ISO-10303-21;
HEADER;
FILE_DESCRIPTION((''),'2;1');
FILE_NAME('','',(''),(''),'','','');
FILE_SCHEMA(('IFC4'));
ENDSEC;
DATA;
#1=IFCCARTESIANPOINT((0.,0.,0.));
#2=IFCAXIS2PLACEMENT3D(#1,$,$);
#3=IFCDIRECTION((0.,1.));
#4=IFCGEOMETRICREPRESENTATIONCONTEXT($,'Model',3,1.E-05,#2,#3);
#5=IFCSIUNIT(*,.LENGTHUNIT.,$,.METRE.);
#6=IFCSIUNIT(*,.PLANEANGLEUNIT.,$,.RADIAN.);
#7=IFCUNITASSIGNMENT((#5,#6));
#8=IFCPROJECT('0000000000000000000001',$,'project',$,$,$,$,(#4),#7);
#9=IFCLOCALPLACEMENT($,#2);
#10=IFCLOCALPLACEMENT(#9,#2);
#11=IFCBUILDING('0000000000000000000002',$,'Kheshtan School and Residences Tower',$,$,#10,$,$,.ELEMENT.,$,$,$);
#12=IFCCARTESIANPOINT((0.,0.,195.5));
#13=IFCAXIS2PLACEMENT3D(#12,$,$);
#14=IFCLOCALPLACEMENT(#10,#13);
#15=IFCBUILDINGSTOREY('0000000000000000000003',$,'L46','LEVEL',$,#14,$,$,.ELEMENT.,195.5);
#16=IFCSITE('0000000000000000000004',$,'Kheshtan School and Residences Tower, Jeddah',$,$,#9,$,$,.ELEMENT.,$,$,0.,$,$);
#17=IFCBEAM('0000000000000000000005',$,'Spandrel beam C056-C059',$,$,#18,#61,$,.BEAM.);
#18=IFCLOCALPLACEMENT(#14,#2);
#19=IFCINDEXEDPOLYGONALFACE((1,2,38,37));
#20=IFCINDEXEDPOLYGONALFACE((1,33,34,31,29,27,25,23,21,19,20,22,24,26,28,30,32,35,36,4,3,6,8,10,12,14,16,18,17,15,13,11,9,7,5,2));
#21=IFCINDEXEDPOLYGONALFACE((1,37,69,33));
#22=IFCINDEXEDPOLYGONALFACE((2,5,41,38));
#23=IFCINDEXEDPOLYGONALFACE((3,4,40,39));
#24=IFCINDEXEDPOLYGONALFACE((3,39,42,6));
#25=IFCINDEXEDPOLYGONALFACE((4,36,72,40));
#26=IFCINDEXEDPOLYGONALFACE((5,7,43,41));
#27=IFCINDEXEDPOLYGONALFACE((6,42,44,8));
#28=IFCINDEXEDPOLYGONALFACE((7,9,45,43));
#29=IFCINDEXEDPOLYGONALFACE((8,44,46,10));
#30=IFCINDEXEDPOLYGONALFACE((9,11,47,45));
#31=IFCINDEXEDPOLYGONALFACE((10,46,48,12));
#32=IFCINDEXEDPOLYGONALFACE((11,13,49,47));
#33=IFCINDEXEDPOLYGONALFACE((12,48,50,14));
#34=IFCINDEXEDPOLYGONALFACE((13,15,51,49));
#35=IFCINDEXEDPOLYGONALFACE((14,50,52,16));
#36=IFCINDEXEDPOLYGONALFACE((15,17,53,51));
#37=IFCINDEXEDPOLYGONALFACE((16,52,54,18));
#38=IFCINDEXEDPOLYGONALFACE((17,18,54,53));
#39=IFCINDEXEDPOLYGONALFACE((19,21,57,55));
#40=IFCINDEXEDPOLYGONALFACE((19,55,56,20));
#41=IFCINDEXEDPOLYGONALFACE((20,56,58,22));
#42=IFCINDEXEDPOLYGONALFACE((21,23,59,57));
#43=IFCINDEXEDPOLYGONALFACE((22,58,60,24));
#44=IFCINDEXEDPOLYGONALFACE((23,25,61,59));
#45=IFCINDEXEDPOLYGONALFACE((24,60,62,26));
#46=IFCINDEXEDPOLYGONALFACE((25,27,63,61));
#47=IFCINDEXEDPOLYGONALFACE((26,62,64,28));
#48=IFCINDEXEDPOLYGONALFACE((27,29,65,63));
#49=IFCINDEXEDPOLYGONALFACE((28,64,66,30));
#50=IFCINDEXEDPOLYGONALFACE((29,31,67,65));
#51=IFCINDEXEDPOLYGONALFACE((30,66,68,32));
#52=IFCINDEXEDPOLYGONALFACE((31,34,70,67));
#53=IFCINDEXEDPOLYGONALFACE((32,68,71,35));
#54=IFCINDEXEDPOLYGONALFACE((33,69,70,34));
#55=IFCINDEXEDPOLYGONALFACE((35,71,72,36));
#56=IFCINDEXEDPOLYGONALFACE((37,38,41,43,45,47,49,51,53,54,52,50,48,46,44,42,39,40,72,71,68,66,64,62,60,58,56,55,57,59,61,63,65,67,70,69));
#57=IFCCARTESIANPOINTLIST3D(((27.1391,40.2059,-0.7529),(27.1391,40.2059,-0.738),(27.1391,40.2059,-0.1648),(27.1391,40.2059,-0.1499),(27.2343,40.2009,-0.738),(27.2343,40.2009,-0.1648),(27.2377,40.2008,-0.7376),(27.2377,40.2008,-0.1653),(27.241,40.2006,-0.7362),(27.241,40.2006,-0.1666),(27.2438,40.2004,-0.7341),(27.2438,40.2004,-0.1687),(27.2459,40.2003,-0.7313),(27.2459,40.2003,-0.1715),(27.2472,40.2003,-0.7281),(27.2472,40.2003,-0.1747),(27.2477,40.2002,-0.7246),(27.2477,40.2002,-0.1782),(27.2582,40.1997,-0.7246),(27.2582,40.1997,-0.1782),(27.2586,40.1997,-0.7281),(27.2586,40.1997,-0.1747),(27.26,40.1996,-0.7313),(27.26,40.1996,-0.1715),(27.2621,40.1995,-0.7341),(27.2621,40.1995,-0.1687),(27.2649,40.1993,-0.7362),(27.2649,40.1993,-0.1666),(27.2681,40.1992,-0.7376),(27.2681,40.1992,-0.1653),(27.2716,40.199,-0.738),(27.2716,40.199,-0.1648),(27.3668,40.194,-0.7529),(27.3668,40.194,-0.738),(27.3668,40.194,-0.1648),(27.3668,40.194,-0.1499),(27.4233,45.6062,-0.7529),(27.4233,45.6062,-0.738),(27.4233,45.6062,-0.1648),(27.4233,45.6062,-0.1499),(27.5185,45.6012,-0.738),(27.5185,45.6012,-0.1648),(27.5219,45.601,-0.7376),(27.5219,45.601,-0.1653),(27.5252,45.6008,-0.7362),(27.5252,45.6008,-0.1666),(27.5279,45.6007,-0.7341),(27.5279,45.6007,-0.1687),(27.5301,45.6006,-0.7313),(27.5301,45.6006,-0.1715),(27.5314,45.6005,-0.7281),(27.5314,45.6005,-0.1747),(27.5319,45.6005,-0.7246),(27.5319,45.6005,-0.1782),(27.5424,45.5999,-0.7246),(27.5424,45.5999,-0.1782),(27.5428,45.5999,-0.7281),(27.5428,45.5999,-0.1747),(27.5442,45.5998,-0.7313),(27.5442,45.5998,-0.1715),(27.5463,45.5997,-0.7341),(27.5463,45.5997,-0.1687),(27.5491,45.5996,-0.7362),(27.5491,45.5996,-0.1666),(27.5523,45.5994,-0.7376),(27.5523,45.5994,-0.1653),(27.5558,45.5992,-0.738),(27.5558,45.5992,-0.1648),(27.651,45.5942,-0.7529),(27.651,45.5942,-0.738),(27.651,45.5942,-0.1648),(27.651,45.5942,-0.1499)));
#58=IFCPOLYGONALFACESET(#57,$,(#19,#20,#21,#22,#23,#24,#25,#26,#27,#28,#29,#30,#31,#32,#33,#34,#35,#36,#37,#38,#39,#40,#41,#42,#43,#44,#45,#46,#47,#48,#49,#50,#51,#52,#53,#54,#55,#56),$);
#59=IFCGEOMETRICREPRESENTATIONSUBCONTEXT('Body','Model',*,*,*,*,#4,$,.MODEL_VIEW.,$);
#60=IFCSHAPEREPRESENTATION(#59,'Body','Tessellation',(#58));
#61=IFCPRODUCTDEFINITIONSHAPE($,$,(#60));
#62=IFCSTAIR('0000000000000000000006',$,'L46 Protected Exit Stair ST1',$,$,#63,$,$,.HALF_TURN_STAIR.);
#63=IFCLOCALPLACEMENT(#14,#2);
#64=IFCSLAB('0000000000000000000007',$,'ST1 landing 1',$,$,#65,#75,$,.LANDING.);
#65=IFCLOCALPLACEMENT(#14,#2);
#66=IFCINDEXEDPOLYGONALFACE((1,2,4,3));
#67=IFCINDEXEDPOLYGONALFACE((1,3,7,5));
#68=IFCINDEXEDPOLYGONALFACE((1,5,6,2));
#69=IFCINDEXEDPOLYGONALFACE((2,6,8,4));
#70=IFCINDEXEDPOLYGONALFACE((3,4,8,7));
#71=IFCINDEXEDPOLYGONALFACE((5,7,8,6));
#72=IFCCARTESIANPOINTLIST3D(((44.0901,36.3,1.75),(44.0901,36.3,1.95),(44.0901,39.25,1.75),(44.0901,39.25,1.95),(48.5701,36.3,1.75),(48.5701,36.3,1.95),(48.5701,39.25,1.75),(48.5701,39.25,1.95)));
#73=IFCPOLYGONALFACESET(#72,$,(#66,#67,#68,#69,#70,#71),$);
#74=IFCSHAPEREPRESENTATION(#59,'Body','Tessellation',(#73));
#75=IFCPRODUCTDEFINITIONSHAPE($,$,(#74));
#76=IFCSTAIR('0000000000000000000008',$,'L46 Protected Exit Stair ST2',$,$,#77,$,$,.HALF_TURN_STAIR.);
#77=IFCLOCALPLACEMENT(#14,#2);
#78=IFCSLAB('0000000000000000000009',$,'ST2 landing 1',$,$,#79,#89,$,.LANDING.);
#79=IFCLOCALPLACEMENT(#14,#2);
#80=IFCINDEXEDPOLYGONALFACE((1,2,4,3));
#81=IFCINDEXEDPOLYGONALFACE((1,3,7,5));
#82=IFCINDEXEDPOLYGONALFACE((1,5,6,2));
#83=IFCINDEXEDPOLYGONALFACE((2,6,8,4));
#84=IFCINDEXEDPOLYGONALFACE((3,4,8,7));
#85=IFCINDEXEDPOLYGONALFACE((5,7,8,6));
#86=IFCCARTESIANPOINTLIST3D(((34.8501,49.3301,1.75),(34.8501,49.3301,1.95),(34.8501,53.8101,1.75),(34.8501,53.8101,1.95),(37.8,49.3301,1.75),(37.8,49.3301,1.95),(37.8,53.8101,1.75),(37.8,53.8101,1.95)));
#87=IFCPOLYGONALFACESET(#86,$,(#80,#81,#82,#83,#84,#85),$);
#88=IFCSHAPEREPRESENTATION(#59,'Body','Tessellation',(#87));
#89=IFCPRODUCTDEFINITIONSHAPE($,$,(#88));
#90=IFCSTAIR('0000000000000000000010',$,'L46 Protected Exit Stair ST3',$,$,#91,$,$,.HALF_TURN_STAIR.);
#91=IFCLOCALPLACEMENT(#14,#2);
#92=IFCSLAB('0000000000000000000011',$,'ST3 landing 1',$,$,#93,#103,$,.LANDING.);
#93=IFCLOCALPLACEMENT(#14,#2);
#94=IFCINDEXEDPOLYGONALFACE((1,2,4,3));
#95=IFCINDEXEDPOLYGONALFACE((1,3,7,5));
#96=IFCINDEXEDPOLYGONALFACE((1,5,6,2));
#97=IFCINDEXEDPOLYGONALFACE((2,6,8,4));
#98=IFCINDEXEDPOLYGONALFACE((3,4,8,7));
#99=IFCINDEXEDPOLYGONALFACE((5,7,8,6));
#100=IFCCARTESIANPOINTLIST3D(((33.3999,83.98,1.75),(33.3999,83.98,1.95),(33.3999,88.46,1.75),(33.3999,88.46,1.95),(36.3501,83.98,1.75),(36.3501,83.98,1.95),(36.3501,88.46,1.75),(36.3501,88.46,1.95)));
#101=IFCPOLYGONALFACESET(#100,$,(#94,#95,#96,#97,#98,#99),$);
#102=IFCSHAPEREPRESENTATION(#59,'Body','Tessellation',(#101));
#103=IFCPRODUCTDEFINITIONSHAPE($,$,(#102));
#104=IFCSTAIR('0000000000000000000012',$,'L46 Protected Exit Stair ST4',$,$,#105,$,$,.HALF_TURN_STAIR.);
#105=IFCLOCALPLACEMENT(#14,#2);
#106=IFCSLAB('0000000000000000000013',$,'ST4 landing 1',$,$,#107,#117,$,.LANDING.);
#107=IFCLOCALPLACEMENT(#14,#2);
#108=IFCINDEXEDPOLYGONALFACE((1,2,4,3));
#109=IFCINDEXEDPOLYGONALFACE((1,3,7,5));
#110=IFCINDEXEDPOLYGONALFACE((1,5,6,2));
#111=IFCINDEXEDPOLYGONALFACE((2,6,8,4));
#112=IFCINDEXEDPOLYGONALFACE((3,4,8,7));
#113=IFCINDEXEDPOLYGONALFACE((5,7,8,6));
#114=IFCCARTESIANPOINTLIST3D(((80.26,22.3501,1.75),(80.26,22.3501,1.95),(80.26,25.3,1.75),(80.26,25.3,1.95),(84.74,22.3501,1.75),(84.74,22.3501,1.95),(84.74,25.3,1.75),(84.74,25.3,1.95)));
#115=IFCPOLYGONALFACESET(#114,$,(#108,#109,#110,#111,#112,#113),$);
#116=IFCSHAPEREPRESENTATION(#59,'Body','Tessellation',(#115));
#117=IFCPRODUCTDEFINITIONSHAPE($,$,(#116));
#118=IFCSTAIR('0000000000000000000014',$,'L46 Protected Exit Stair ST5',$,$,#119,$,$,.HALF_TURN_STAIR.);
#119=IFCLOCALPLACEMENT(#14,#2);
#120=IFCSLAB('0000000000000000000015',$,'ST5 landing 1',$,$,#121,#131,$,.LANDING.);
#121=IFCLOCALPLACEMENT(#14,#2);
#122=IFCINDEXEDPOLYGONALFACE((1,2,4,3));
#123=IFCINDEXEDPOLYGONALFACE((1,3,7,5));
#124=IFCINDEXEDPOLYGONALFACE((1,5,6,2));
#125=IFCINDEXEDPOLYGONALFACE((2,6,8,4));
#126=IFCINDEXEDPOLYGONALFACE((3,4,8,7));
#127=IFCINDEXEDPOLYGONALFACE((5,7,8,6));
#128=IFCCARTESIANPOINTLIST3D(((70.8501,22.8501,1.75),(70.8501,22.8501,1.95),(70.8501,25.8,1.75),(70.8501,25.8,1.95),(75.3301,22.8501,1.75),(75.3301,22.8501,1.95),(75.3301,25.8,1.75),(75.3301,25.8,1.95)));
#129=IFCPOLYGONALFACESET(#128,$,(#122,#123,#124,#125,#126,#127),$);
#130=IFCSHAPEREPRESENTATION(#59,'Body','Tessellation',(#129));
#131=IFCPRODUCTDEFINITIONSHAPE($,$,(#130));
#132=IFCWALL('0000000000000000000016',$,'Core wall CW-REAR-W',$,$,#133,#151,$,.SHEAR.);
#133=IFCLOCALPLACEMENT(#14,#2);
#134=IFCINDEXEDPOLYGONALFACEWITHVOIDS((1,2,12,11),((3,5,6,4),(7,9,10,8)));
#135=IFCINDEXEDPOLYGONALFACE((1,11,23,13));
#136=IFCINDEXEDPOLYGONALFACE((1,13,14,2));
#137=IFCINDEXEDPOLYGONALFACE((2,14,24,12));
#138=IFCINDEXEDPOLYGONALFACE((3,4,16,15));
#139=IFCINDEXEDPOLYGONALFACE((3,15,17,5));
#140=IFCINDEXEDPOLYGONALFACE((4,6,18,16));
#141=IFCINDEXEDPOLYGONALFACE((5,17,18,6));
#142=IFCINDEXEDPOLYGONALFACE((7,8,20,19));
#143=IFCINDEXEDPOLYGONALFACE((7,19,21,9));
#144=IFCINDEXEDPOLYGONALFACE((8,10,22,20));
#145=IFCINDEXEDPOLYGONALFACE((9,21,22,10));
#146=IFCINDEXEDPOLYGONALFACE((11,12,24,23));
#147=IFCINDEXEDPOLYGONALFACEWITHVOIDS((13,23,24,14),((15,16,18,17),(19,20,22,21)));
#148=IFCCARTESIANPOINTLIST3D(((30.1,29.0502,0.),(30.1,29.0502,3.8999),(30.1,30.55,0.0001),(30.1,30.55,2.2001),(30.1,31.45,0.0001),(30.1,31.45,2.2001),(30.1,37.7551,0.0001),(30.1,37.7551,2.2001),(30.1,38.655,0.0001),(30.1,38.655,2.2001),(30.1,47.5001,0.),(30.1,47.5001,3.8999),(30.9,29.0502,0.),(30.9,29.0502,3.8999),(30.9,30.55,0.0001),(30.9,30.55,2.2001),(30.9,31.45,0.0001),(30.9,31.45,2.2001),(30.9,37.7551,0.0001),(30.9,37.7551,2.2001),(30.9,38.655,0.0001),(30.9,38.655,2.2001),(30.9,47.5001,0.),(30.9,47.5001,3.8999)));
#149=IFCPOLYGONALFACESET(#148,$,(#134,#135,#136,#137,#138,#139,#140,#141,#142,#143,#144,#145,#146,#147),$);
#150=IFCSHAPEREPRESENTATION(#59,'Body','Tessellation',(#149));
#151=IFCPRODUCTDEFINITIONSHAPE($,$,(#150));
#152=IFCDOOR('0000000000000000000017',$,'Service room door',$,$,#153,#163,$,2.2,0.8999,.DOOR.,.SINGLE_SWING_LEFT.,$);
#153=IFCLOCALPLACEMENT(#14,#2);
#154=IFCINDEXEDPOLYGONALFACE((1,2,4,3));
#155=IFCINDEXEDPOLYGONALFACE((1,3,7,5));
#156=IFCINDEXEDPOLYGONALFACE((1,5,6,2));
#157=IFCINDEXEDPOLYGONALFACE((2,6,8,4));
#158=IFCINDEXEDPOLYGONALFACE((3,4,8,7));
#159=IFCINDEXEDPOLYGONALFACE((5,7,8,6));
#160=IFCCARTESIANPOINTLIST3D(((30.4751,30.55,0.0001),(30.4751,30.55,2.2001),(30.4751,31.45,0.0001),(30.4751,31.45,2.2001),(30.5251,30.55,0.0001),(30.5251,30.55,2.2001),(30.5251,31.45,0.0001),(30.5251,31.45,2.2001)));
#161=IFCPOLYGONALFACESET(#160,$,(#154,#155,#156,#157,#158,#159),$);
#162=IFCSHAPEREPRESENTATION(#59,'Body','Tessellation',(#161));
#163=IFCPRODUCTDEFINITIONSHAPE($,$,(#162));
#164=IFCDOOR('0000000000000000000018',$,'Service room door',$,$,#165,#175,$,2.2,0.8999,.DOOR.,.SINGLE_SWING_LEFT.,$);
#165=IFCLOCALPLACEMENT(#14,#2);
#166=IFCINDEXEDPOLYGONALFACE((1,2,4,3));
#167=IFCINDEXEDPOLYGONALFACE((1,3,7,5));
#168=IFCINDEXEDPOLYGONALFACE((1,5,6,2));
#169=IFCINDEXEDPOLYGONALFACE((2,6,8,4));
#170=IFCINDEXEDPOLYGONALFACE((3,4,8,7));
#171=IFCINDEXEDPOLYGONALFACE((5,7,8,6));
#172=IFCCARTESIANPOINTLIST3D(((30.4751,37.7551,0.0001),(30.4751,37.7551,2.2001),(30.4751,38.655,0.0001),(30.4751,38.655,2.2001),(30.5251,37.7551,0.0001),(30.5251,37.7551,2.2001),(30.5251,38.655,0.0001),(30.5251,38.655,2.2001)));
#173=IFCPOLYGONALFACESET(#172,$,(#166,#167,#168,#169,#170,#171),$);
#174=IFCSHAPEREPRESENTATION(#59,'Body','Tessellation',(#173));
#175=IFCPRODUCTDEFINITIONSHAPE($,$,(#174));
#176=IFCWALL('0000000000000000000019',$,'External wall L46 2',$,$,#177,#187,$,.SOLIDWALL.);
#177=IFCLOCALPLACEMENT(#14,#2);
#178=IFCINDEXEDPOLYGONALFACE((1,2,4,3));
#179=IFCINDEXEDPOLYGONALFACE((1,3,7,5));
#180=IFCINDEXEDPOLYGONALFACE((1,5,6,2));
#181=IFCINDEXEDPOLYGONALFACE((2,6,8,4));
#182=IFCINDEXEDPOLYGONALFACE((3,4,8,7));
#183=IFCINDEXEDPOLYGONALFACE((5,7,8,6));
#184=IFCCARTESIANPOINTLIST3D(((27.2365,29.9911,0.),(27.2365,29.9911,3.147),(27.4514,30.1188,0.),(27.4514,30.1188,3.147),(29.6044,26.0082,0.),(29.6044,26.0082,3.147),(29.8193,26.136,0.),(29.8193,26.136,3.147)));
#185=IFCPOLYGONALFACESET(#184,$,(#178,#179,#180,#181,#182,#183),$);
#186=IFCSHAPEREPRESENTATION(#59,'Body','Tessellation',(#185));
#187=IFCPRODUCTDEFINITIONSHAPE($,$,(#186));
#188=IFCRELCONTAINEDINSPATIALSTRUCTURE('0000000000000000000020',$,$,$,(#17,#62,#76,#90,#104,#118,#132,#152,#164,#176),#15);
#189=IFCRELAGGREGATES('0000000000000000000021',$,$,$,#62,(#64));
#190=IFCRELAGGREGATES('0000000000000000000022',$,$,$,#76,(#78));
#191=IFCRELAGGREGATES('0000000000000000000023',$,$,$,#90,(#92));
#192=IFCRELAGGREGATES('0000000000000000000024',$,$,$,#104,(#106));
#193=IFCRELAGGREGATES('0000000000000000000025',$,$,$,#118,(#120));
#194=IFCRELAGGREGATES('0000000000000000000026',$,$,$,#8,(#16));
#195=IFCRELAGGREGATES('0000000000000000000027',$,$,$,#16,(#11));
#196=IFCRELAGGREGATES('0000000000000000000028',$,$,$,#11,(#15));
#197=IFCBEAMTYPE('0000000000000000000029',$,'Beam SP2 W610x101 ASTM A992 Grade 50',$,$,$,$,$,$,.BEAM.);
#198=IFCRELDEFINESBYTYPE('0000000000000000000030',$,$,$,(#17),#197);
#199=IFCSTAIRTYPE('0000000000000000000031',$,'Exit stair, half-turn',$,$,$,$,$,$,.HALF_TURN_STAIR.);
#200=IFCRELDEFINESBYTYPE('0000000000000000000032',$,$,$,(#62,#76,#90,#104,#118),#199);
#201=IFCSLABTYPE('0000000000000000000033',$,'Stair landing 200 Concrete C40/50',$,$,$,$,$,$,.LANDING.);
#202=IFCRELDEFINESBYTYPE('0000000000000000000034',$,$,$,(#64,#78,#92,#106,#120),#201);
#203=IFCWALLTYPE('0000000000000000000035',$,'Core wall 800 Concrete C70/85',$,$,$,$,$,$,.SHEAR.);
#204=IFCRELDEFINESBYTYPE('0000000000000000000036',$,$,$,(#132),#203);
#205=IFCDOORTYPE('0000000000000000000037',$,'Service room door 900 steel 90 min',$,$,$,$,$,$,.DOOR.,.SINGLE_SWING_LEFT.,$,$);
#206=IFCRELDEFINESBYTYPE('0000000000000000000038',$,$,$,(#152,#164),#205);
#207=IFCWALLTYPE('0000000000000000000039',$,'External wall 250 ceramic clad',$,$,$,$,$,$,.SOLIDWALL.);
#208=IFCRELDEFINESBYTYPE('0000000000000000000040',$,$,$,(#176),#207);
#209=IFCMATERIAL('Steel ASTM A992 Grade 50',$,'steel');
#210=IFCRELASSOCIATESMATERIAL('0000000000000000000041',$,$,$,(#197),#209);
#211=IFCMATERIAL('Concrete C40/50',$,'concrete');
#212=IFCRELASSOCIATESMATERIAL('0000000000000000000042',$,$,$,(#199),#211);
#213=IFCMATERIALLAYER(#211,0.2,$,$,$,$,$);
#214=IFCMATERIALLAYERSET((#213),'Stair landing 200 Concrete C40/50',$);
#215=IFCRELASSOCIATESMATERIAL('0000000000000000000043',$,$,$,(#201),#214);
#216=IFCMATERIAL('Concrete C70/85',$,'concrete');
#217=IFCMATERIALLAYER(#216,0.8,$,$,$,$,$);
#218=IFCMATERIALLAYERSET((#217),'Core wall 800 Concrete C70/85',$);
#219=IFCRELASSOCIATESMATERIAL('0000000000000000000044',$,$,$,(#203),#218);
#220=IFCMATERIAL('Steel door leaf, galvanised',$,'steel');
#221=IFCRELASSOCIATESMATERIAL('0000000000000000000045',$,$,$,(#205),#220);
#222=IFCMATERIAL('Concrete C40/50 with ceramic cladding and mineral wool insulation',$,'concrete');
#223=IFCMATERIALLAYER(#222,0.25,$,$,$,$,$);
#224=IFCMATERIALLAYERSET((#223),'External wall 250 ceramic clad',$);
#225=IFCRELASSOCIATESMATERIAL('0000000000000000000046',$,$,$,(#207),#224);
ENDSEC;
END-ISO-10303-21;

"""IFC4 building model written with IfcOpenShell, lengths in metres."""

from ifc_helpers import new_model, si_unit, direction, frame, frame_2d, origin, origin_2d, place, context, subcontext, project, spatial, polyline, rectangle, i_section, outline, extrude, source, transform, mapped, material, layer, layer_set, material_profile, profile_set, type_object, element, fill, aggregate, save


model = new_model("IFC4")

# Units and contexts
model_context = context("Model", 3, precision=1e-05, world=origin(), true_north=direction((0.0, 1.0)))
body_context = subcontext(model_context, "Body", "Model", "MODEL_VIEW")
ifc_project = project(units=[si_unit("LENGTHUNIT", "METRE"), si_unit("PLANEANGLEUNIT", "RADIAN")], contexts=[model_context])

# Site, building, storey
site_placement = place(None, origin())
site = spatial("IfcSite", under=ifc_project, at=site_placement, Name="Kheshtan School and Residences Tower, Jeddah", CompositionType="ELEMENT", RefElevation=0.0)
building_placement = place(site_placement, origin())
building = spatial("IfcBuilding", under=site, at=building_placement, Name="Kheshtan School and Residences Tower", CompositionType="ELEMENT")
storey_placement = place(building_placement, frame((0.0, 0.0, 195.5)))
storey = spatial("IfcBuildingStorey", under=building, at=storey_placement, Name="L46", Description="LEVEL", CompositionType="ELEMENT", Elevation=195.5)

# Shared definitions
ifc_material_1 = material(Name="Steel ASTM A992 Grade 50", Category="steel")

# Beam
ifc_material_profile_1 = material_profile(ifc_material_1, i_section(OverallWidth=0.228, OverallDepth=0.603, WebThickness=0.0105, FlangeThickness=0.0149, FilletRadius=0.0134, at=origin_2d()), Name="W610x101")
ifc_profile_set_1 = profile_set([ifc_material_profile_1], Name="Steel ASTM A992 Grade 50")
beam_type_1 = type_object("IfcBeamType", Name="Beam SP2 W610x101 ASTM A992 Grade 50", PredefinedType="BEAM", material=ifc_profile_set_1)
beam_1_placement = place(storey_placement, frame((27.2529, 40.2, -0.4514), z_axis=(0.052552, 0.998618, 0.0), x_axis=(-0.998618, 0.052552, 0.0)))
element("IfcBeam", 1, at=beam_1_placement, inside=storey, type_object=beam_type_1, Name="Spandrel beam C056-C059", PredefinedType="BEAM", context=body_context, shape_type="SweptSolid", body=[
    extrude(i_section(OverallWidth=0.228, OverallDepth=0.603, WebThickness=0.0105, FlangeThickness=0.0149, FilletRadius=0.0134, at=origin_2d()), origin(), (0.0, 0.0, 1.0), 5.4077),
])

# Shared definitions
ifc_material_2 = material(Name="Concrete C40/50", Category="concrete")

# Stairs, slabs
stair_type = type_object("IfcStairType", Name="Exit stair, half-turn", PredefinedType="HALF_TURN_STAIR", material=ifc_material_2)
stair_1_placement = place(storey_placement, origin())
stair_1 = element("IfcStair", 2, at=stair_1_placement, inside=storey, type_object=stair_type, Name="L46 Protected Exit Stair ST1", PredefinedType="HALF_TURN_STAIR")
ifc_layer_1 = layer(ifc_material_2, 0.2)
ifc_layer_set_1 = layer_set([ifc_layer_1], Name="Stair landing 200 Concrete C40/50")
slab_type_1 = type_object("IfcSlabType", Name="Stair landing 200 Concrete C40/50", PredefinedType="LANDING", material=ifc_layer_set_1)
slab_1_placement = place(storey_placement, frame((0.0, 0.0, 1.75)))
slab_1 = element("IfcSlab", 3, at=slab_1_placement, type_object=slab_type_1, Name="ST1 landing 1", PredefinedType="LANDING", context=body_context, shape_type="SweptSolid", body=[
    extrude(outline(polyline([(48.5701, 39.25), (44.0901, 39.25), (44.0901, 36.3), (48.5701, 36.3), (48.5701, 39.25)])), origin(), (0.0, 0.0, 1.0), 0.2),
])
aggregate(stair_1, [slab_1])
stair_2_placement = place(storey_placement, origin())
stair_2 = element("IfcStair", 4, at=stair_2_placement, inside=storey, type_object=stair_type, Name="L46 Protected Exit Stair ST2", PredefinedType="HALF_TURN_STAIR")
slab_2_placement = place(storey_placement, frame((0.0, 0.0, 1.75)))
slab_2 = element("IfcSlab", 5, at=slab_2_placement, type_object=slab_type_1, Name="ST2 landing 1", PredefinedType="LANDING", context=body_context, shape_type="SweptSolid", body=[
    extrude(outline(polyline([(37.8, 49.3301), (37.8, 53.8101), (34.8501, 53.8101), (34.8501, 49.3301), (37.8, 49.3301)])), origin(), (0.0, 0.0, 1.0), 0.2),
])
aggregate(stair_2, [slab_2])
stair_3_placement = place(storey_placement, origin())
stair_3 = element("IfcStair", 6, at=stair_3_placement, inside=storey, type_object=stair_type, Name="L46 Protected Exit Stair ST3", PredefinedType="HALF_TURN_STAIR")
slab_3_placement = place(storey_placement, frame((0.0, 0.0, 1.75)))
slab_3 = element("IfcSlab", 7, at=slab_3_placement, type_object=slab_type_1, Name="ST3 landing 1", PredefinedType="LANDING", context=body_context, shape_type="SweptSolid", body=[
    extrude(outline(polyline([(36.3501, 83.98), (36.3501, 88.46), (33.3999, 88.46), (33.3999, 83.98), (36.3501, 83.98)])), origin(), (0.0, 0.0, 1.0), 0.2),
])
aggregate(stair_3, [slab_3])
stair_4_placement = place(storey_placement, origin())
stair_4 = element("IfcStair", 8, at=stair_4_placement, inside=storey, type_object=stair_type, Name="L46 Protected Exit Stair ST4", PredefinedType="HALF_TURN_STAIR")
slab_4_placement = place(storey_placement, frame((0.0, 0.0, 1.75)))
slab_4 = element("IfcSlab", 9, at=slab_4_placement, type_object=slab_type_1, Name="ST4 landing 1", PredefinedType="LANDING", context=body_context, shape_type="SweptSolid", body=[
    extrude(outline(polyline([(84.74, 25.3), (80.26, 25.3), (80.26, 22.3501), (84.74, 22.3501), (84.74, 25.3)])), origin(), (0.0, 0.0, 1.0), 0.2),
])
aggregate(stair_4, [slab_4])
stair_5_placement = place(storey_placement, origin())
stair_5 = element("IfcStair", 10, at=stair_5_placement, inside=storey, type_object=stair_type, Name="L46 Protected Exit Stair ST5", PredefinedType="HALF_TURN_STAIR")
slab_5_placement = place(storey_placement, frame((0.0, 0.0, 1.75)))
slab_5 = element("IfcSlab", 11, at=slab_5_placement, type_object=slab_type_1, Name="ST5 landing 1", PredefinedType="LANDING", context=body_context, shape_type="SweptSolid", body=[
    extrude(outline(polyline([(75.3301, 25.8), (70.8501, 25.8), (70.8501, 22.8501), (75.3301, 22.8501), (75.3301, 25.8)])), origin(), (0.0, 0.0, 1.0), 0.2),
])
aggregate(stair_5, [slab_5])

# Wall, openings, doors
ifc_material_3 = material(Name="Concrete C70/85", Category="concrete")
ifc_layer_2 = layer(ifc_material_3, 0.8)
ifc_layer_set_2 = layer_set([ifc_layer_2], Name="Core wall 800 Concrete C70/85")
wall_type_1 = type_object("IfcWallType", Name="Core wall 800 Concrete C70/85", PredefinedType="SHEAR", material=ifc_layer_set_2)
wall_1_placement = place(storey_placement, frame((30.5, 29.05, 0.0), z_axis=(0.0, 0.0, 1.0), x_axis=(0.0, 1.0, 0.0)))
wall_1 = element("IfcWall", 12, at=wall_1_placement, inside=storey, type_object=wall_type_1, Name="Core wall CW-REAR-W", PredefinedType="SHEAR", context=body_context, shape_type="SweptSolid", body=[
    extrude(rectangle(XDim=18.45, YDim=0.8, at=frame_2d((9.2251, 0.0))), origin(), (0.0, 0.0, 1.0), 3.8999),
])
opening_1_placement = place(wall_1_placement, frame((1.5, 0.0, 0.0)))
opening_1 = element("IfcOpeningElement", 13, at=opening_1_placement, cuts=wall_1, PredefinedType="OPENING", context=body_context, shape_type="SweptSolid", body=[
    extrude(rectangle(XDim=0.8999, YDim=2.2, at=frame_2d((0.45, 1.1001))), frame((0.0, 0.4102, 0.0), z_axis=(0.0, -1.0, 0.0), x_axis=(1.0, 0.0, 0.0)), (0.0, 0.0, 1.0), 0.8201),
])
opening_2_placement = place(wall_1_placement, frame((8.7051, 0.0, 0.0)))
opening_2 = element("IfcOpeningElement", 14, at=opening_2_placement, cuts=wall_1, PredefinedType="OPENING", context=body_context, shape_type="SweptSolid", body=[
    extrude(rectangle(XDim=0.8999, YDim=2.2, at=frame_2d((0.45, 1.1001))), frame((0.0, 0.4102, 0.0), z_axis=(0.0, -1.0, 0.0), x_axis=(1.0, 0.0, 0.0)), (0.0, 0.0, 1.0), 0.8201),
])
ifc_material_4 = material(Name="Steel door leaf, galvanised", Category="steel")
door_type = type_object("IfcDoorType", Name="Service room door 900 steel 90 min", OperationType="SINGLE_SWING_LEFT", PredefinedType="DOOR", material=ifc_material_4)
shared_shape = source(origin(), body_context, "Body", "SweptSolid", [
    extrude(rectangle(XDim=0.8999, YDim=2.2, at=frame_2d((0.45, 1.1001))), frame((0.0, 0.0249, 0.0), z_axis=(0.0, -1.0, 0.0), x_axis=(1.0, 0.0, 0.0)), (0.0, 0.0, 1.0), 0.05),
])
door_1_placement = place(opening_1_placement, origin())
door_1 = element("IfcDoor", 15, at=door_1_placement, inside=storey, type_object=door_type, Name="Service room door", OperationType="SINGLE_SWING_LEFT", OverallHeight=2.2, OverallWidth=0.8999, PredefinedType="DOOR", context=body_context, shape_type="MappedRepresentation", body=[
    mapped(shared_shape, transform((0.0, 0.0, 0.0), x_axis=(1.0, 0.0, 0.0), y_axis=(0.0, 1.0, 0.0), z_axis=(0.0, 0.0, 1.0), scale=1.0)),
])
fill(opening_1, door_1)
door_2_placement = place(opening_2_placement, origin())
door_2 = element("IfcDoor", 16, at=door_2_placement, inside=storey, type_object=door_type, Name="Service room door", OperationType="SINGLE_SWING_LEFT", OverallHeight=2.2, OverallWidth=0.8999, PredefinedType="DOOR", context=body_context, shape_type="MappedRepresentation", body=[
    mapped(shared_shape, transform((0.0, 0.0, 0.0), x_axis=(1.0, 0.0, 0.0), y_axis=(0.0, 1.0, 0.0), z_axis=(0.0, 0.0, 1.0), scale=1.0)),
])
fill(opening_2, door_2)

# Wall
ifc_material_5 = material(Name="Concrete C40/50 with ceramic cladding and mineral wool insulation", Category="concrete")
ifc_layer_3 = layer(ifc_material_5, 0.25)
ifc_layer_set_3 = layer_set([ifc_layer_3], Name="External wall 250 ceramic clad")
wall_type_2 = type_object("IfcWallType", Name="External wall 250 ceramic clad", PredefinedType="SOLIDWALL", material=ifc_layer_set_3)
wall_2_placement = place(storey_placement, frame((29.7119, 26.072, 0.0), z_axis=(0.0, 0.0, 1.0), x_axis=(-0.511028, 0.859564, 0.0)))
element("IfcWall", 17, at=wall_2_placement, inside=storey, type_object=wall_type_2, Name="External wall L46 2", PredefinedType="SOLIDWALL", context=body_context, shape_type="SweptSolid", body=[
    extrude(rectangle(XDim=4.6335, YDim=0.25, at=frame_2d((2.3169, 0.0))), origin(), (0.0, 0.0, 1.0), 3.147),
])

save(model, "model.ifc")
